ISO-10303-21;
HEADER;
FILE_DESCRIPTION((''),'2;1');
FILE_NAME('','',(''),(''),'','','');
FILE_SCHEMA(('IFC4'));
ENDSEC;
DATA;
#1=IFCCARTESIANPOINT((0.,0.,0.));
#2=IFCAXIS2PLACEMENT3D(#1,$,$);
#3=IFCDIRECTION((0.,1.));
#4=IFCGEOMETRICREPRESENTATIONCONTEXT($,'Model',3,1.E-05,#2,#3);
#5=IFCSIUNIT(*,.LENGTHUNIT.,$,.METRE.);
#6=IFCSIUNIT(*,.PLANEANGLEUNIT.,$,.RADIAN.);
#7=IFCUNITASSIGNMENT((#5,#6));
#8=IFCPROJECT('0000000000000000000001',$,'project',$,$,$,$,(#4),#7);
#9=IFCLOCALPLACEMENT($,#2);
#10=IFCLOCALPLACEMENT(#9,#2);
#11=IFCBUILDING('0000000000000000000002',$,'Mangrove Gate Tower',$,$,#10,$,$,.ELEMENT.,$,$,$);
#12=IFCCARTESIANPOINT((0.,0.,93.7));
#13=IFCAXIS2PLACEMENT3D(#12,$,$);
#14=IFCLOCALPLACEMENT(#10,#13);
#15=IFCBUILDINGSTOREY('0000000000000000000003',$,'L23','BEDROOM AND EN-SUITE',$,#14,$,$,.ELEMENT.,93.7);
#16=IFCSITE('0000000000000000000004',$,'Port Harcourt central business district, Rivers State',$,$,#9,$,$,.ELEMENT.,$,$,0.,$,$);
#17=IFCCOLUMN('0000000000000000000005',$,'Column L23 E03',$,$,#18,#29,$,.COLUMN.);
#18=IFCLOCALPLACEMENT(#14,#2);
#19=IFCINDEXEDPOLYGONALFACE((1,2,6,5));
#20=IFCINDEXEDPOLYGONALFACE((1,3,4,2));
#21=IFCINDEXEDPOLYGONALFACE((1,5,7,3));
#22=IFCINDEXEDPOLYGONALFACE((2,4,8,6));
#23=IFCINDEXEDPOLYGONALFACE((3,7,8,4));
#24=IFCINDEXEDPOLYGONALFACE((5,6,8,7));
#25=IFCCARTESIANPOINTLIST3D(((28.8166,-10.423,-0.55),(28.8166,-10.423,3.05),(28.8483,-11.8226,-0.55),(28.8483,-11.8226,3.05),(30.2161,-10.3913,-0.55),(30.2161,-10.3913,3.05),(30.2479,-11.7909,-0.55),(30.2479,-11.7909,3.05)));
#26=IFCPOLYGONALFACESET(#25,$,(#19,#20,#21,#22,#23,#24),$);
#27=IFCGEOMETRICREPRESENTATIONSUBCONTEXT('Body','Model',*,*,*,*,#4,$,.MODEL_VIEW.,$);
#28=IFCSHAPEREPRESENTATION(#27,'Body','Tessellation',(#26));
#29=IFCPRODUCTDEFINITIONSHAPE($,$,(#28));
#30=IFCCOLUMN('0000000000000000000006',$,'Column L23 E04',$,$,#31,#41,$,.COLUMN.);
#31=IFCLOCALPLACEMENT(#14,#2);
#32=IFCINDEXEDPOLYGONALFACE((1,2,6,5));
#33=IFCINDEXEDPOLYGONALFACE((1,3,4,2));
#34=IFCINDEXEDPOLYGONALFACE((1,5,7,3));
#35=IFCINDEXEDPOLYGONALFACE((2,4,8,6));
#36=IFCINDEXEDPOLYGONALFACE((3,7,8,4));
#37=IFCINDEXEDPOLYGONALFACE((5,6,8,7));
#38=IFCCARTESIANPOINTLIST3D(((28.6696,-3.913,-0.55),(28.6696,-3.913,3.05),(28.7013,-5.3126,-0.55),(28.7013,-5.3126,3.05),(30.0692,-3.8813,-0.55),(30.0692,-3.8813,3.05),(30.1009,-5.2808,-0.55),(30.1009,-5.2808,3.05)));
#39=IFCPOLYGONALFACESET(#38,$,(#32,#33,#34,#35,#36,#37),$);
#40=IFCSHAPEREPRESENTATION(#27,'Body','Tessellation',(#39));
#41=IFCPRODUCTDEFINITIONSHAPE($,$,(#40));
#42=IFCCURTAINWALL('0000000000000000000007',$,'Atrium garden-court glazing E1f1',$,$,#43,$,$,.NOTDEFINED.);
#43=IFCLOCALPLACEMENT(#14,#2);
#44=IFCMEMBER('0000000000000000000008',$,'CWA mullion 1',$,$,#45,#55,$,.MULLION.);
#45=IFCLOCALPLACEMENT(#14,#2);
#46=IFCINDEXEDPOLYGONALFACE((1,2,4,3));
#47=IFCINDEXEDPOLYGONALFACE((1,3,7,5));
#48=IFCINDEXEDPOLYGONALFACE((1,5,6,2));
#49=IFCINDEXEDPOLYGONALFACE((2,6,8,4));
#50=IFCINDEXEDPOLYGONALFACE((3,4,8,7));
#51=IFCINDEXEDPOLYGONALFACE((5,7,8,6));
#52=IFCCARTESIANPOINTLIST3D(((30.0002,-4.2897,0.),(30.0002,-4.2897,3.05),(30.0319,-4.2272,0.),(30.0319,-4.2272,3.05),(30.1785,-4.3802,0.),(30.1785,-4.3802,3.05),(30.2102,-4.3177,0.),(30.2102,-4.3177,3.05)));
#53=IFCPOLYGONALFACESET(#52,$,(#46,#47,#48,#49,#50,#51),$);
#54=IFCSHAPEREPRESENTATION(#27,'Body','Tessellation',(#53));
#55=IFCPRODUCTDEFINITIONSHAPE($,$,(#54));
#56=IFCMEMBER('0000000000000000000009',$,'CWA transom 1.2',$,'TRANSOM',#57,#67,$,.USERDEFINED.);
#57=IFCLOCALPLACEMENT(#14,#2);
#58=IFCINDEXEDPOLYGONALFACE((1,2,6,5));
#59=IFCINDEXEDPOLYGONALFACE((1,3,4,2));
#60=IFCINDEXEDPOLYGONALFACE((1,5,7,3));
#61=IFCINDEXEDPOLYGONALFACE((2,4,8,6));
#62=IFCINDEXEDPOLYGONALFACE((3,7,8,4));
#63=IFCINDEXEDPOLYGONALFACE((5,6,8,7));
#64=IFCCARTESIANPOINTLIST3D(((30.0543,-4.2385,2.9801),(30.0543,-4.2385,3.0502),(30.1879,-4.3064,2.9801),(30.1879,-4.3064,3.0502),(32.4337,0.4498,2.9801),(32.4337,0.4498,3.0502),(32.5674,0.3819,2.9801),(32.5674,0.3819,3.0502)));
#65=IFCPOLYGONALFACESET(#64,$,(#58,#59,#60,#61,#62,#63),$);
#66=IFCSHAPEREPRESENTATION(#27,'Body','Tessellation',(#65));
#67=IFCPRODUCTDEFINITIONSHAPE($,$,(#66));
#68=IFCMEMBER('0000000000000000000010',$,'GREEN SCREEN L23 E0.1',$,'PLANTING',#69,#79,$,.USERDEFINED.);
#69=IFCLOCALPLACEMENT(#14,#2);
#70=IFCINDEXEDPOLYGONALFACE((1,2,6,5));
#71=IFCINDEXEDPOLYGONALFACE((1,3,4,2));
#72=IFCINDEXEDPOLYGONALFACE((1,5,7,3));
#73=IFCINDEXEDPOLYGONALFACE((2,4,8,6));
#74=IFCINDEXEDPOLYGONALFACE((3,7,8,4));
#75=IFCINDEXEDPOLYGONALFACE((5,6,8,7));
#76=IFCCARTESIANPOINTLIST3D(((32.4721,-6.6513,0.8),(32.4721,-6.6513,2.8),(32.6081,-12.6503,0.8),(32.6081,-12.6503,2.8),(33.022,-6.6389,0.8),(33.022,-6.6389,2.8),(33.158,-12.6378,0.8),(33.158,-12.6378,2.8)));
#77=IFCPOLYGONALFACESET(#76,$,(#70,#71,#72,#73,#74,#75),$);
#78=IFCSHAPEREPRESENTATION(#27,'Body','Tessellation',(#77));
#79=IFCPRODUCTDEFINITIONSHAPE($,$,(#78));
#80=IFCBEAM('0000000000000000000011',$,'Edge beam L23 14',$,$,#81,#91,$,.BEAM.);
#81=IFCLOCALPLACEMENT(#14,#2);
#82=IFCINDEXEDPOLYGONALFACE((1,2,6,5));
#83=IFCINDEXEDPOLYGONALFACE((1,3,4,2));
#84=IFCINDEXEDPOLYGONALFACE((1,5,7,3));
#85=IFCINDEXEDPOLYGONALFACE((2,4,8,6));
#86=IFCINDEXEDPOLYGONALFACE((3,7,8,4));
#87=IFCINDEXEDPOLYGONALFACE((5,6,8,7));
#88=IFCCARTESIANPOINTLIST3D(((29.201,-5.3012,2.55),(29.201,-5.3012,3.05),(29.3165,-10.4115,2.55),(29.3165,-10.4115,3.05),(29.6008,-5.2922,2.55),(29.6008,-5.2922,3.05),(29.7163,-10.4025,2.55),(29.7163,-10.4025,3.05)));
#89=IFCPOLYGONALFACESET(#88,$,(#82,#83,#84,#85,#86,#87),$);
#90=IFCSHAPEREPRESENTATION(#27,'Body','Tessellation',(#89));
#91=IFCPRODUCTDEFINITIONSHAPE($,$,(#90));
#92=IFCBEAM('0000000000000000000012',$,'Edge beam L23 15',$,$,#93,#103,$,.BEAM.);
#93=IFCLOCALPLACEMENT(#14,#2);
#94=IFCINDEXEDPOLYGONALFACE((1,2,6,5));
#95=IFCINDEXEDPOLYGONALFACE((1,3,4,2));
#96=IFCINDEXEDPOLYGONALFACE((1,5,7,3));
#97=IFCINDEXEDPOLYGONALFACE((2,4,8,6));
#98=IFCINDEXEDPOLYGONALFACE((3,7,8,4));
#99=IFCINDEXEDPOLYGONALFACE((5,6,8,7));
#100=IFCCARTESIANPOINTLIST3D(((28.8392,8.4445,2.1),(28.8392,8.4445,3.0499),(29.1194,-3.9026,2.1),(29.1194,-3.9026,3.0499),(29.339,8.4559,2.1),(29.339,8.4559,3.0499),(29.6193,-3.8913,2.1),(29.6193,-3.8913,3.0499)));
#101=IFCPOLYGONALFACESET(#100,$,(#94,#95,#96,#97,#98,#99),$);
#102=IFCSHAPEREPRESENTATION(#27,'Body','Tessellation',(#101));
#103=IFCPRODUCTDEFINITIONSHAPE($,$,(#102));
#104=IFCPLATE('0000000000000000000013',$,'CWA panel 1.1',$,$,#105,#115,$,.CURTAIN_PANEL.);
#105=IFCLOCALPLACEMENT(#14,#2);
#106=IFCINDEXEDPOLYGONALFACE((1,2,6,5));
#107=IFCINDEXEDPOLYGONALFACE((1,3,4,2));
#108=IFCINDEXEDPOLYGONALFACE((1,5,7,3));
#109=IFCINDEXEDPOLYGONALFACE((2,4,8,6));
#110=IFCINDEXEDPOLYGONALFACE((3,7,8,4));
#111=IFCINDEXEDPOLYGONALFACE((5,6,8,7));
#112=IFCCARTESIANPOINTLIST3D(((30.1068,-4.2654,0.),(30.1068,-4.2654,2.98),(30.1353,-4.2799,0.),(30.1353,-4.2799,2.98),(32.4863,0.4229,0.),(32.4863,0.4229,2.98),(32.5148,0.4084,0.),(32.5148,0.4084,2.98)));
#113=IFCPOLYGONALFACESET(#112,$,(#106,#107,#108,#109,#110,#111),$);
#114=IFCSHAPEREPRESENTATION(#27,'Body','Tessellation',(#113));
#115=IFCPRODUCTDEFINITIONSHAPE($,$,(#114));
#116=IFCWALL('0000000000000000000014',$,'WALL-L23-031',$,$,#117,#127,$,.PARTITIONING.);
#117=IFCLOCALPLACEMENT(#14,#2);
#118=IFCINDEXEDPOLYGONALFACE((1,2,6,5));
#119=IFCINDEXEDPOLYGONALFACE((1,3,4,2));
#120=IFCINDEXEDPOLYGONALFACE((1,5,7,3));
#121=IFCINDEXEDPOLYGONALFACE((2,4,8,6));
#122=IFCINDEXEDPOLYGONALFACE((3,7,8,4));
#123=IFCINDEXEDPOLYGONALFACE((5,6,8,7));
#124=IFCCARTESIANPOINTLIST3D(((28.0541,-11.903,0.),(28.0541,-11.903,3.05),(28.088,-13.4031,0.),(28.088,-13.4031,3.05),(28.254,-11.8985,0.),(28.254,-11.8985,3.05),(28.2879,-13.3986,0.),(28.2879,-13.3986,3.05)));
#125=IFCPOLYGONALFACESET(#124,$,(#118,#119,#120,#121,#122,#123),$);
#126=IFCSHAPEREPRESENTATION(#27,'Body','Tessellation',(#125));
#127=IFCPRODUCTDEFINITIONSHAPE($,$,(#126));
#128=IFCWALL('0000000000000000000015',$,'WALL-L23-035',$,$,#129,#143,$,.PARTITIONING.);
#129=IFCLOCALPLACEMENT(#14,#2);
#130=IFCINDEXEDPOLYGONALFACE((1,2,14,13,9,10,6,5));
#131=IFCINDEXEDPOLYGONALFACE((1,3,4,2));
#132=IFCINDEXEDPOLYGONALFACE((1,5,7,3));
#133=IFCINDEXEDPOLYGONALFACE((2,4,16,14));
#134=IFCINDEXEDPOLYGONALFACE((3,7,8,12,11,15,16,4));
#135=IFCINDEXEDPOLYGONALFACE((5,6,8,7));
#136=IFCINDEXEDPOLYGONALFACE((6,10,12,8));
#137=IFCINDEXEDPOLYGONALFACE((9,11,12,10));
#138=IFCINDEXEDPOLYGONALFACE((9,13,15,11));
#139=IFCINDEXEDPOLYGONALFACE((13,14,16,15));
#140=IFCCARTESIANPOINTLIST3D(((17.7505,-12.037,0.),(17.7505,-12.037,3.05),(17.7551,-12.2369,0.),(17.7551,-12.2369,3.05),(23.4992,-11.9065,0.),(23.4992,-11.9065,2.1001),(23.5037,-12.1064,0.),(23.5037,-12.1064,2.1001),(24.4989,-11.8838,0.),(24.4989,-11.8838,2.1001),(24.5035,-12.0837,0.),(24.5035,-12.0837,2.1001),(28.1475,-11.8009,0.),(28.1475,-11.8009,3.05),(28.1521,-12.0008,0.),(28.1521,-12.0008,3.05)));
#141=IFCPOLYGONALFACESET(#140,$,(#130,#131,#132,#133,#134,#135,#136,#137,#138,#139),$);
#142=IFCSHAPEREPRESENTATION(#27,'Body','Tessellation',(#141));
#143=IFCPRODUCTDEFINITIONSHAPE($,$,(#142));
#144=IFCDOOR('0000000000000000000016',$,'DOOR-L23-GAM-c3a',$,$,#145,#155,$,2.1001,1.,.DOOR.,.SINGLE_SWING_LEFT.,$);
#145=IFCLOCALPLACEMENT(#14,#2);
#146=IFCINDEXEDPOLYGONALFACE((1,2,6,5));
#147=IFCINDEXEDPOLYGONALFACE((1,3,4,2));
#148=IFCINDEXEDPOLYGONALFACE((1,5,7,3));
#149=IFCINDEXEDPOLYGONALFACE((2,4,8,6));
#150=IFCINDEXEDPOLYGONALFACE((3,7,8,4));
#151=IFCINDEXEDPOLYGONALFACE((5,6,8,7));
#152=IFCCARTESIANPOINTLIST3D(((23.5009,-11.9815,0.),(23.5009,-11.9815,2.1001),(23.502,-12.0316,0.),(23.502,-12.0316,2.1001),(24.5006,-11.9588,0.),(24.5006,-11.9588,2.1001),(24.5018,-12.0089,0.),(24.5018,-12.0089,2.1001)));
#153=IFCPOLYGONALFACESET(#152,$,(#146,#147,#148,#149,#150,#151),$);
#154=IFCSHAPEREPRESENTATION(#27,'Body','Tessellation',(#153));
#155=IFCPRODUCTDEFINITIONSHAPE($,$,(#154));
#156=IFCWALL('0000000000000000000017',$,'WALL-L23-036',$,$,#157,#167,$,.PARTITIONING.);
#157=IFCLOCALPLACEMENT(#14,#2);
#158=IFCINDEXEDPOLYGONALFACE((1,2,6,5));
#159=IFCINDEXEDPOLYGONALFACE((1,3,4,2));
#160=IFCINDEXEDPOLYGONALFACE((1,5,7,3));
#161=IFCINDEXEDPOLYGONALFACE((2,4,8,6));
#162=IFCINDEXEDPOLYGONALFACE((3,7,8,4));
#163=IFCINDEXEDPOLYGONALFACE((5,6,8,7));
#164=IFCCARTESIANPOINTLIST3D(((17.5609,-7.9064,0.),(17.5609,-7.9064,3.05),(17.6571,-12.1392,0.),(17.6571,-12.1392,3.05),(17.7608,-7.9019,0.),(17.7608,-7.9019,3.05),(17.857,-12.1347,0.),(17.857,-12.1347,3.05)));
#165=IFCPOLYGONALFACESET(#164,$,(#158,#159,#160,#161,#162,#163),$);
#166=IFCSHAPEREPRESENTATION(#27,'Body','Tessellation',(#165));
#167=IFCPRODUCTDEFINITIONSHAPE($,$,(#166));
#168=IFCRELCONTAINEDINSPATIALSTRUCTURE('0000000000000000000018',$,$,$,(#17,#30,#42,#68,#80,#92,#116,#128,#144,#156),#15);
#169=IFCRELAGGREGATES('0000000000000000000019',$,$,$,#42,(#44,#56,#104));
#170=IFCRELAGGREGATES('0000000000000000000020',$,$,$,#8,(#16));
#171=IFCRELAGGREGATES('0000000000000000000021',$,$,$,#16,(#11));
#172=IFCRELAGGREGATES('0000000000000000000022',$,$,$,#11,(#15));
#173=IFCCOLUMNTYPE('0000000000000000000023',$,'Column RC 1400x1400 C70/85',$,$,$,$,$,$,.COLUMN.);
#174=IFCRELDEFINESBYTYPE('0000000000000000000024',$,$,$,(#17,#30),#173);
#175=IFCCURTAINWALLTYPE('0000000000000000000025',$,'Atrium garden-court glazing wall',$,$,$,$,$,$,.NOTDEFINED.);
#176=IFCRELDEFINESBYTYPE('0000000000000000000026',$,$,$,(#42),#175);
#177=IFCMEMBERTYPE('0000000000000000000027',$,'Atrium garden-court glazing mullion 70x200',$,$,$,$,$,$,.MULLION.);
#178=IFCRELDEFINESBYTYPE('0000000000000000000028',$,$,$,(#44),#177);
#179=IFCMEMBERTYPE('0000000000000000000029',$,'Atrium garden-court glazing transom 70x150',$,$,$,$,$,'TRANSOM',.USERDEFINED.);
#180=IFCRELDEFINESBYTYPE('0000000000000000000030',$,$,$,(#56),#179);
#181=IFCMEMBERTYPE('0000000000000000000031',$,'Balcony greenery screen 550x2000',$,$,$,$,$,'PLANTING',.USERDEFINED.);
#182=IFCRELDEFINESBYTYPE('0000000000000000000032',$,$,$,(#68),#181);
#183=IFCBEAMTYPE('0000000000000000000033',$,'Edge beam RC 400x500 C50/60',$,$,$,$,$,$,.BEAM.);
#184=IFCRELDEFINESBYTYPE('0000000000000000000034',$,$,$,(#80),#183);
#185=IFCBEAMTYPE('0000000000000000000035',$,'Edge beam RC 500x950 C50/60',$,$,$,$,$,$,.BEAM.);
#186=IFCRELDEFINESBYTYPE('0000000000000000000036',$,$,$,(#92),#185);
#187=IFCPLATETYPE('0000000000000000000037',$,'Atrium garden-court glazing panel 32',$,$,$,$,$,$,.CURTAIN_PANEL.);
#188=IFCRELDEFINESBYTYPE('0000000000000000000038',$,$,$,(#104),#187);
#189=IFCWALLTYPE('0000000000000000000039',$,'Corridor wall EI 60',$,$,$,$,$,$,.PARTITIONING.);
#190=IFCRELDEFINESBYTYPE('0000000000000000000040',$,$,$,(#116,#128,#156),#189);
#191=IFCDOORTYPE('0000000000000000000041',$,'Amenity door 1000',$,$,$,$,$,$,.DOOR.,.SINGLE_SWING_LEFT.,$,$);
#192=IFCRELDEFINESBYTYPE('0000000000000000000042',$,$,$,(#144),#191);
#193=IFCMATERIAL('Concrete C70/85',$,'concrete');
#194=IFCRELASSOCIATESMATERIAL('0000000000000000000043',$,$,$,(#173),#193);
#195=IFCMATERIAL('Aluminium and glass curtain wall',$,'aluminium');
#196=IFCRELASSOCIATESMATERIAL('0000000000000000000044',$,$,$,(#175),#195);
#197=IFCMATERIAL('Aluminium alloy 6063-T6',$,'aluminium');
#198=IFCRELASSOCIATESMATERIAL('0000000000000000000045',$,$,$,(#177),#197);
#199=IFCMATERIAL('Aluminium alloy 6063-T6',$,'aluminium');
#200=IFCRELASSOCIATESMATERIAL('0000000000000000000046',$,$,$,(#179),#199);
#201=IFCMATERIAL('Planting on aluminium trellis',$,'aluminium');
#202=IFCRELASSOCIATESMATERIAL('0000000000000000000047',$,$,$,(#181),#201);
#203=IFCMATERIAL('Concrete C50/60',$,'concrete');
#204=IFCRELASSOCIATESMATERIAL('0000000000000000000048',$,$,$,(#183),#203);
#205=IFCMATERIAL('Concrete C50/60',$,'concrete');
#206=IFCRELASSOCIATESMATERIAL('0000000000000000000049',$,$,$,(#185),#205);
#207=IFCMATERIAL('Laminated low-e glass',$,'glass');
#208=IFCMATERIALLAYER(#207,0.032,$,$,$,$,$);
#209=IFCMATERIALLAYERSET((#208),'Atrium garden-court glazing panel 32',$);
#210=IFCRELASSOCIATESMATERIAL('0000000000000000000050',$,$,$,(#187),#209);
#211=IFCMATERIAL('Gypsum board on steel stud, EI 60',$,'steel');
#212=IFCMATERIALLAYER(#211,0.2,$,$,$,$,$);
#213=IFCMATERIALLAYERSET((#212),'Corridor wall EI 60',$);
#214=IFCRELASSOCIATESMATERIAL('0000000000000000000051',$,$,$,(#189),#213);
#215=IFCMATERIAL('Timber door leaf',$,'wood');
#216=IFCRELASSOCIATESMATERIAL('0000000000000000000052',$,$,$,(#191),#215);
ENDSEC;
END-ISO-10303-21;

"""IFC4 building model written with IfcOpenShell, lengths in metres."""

from ifc_helpers import new_model, si_unit, direction, frame, frame_2d, origin, origin_2d, place, context, subcontext, project, spatial, rectangle, extrude, material, layer, layer_set, material_profile, profile_set, type_object, element, fill, aggregate, save


model = new_model("IFC4")

# Units and contexts
model_context = context("Model", 3, precision=1e-05, world=origin(), true_north=direction((0.0, 1.0)))
body_context = subcontext(model_context, "Body", "Model", "MODEL_VIEW")
ifc_project = project(units=[si_unit("LENGTHUNIT", "METRE"), si_unit("PLANEANGLEUNIT", "RADIAN")], contexts=[model_context])

# Site, building, storey
site_placement = place(None, origin())
site = spatial("IfcSite", under=ifc_project, at=site_placement, Name="Port Harcourt central business district, Rivers State", CompositionType="ELEMENT", RefElevation=0.0)
building_placement = place(site_placement, origin())
building = spatial("IfcBuilding", under=site, at=building_placement, Name="Mangrove Gate Tower", CompositionType="ELEMENT")
storey_placement = place(building_placement, frame((0.0, 0.0, 93.7)))
storey = spatial("IfcBuildingStorey", under=building, at=storey_placement, Name="L23", Description="BEDROOM AND EN-SUITE", CompositionType="ELEMENT", Elevation=93.7)

# Columns
ifc_material_1 = material(Name="Concrete C70/85", Category="concrete")
ifc_material_profile_1 = material_profile(ifc_material_1, rectangle(XDim=1.3999, YDim=1.3999, at=origin_2d()))
ifc_profile_set_1 = profile_set([ifc_material_profile_1], Name="Concrete C70/85")
column_type = type_object("IfcColumnType", Name="Column RC 1400x1400 C70/85", PredefinedType="COLUMN", material=ifc_profile_set_1)
for number, where, z_axis, x_axis, name in (
    (1, (29.5322, -11.1069, -0.55), (0.0, 0.0, 1.0), (-0.02265, 0.999743, 0.0), "Column L23 E03"),
    (2, (29.3853, -4.5969, -0.55), (0.0, 0.0, 1.0), (-0.022653, 0.999743, 0.0), "Column L23 E04"),
):
    element("IfcColumn", number, at=place(storey_placement, frame(where, z_axis=z_axis, x_axis=x_axis)), inside=storey, type_object=column_type, Name=name, PredefinedType="COLUMN", context=body_context, shape_type="SweptSolid", body=[
        extrude(rectangle(XDim=1.3999, YDim=1.3999, at=origin_2d()), origin(), (0.0, 0.0, 1.0), 3.6001),
    ])

# Curtain wall, members
ifc_material_2 = material(Name="Aluminium and glass curtain wall", Category="aluminium")
curtain_wall_type = type_object("IfcCurtainWallType", Name="Atrium garden-court glazing wall", PredefinedType="NOTDEFINED", material=ifc_material_2)
curtain_wall_placement = place(storey_placement, origin())
curtain_wall = element("IfcCurtainWall", 3, at=curtain_wall_placement, inside=storey, type_object=curtain_wall_type, Name="Atrium garden-court glazing E1f1", PredefinedType="NOTDEFINED")
ifc_material_3 = material(Name="Aluminium alloy 6063-T6", Category="aluminium")
ifc_material_profile_2 = material_profile(ifc_material_3, rectangle(XDim=0.0701, YDim=0.2, at=origin_2d()))
ifc_profile_set_2 = profile_set([ifc_material_profile_2], Name="Aluminium alloy 6063-T6")
member_type_1 = type_object("IfcMemberType", Name="Atrium garden-court glazing mullion 70x200", PredefinedType="MULLION", material=ifc_profile_set_2)
member_1_placement = place(storey_placement, frame((30.1052, -4.3037, 0.0), z_axis=(0.0, 0.0, 1.0), x_axis=(0.452581, 0.891723, 0.0)))
member_1 = element("IfcMember", 4, at=member_1_placement, type_object=member_type_1, Name="CWA mullion 1", PredefinedType="MULLION", context=body_context, shape_type="SweptSolid", body=[
    extrude(rectangle(XDim=0.0701, YDim=0.2, at=origin_2d()), origin(), (0.0, 0.0, 1.0), 3.05),
])
ifc_material_4 = material(Name="Aluminium alloy 6063-T6", Category="aluminium")
ifc_material_profile_3 = material_profile(ifc_material_4, rectangle(XDim=0.0701, YDim=0.1499, at=origin_2d()))
ifc_profile_set_3 = profile_set([ifc_material_profile_3], Name="Aluminium alloy 6063-T6")
member_type_2 = type_object("IfcMemberType", Name="Atrium garden-court glazing transom 70x150", ElementType="TRANSOM", PredefinedType="USERDEFINED", material=ifc_profile_set_3)
member_2_placement = place(storey_placement, frame((30.1211, -4.2725, 3.0151), z_axis=(0.452574, 0.891727, 0.0), x_axis=(0.0, 0.0, 1.0)))
member_2 = element("IfcMember", 5, at=member_2_placement, type_object=member_type_2, Name="CWA transom 1.2", ObjectType="TRANSOM", PredefinedType="USERDEFINED", context=body_context, shape_type="SweptSolid", body=[
    extrude(rectangle(XDim=0.0701, YDim=0.1499, at=origin_2d()), origin(), (0.0, 0.0, 1.0), 5.2576),
])

# Member
ifc_material_5 = material(Name="Planting on aluminium trellis", Category="aluminium")
ifc_material_profile_4 = material_profile(ifc_material_5, rectangle(XDim=0.55, YDim=2.0, at=origin_2d()))
ifc_profile_set_4 = profile_set([ifc_material_profile_4], Name="Planting on aluminium trellis")
member_type_3 = type_object("IfcMemberType", Name="Balcony greenery screen 550x2000", ElementType="PLANTING", PredefinedType="USERDEFINED", material=ifc_profile_set_4)
member_3_placement = place(storey_placement, frame((32.8831, -12.644, 1.8), z_axis=(-0.022662, 0.999743, 0.0), x_axis=(-0.999743, -0.022662, 0.0)))
element("IfcMember", 6, at=member_3_placement, inside=storey, type_object=member_type_3, Name="GREEN SCREEN L23 E0.1", ObjectType="PLANTING", PredefinedType="USERDEFINED", context=body_context, shape_type="SweptSolid", body=[
    extrude(rectangle(XDim=0.55, YDim=2.0, at=origin_2d()), origin(), (0.0, 0.0, 1.0), 6.0005),
])

# Beams
ifc_material_6 = material(Name="Concrete C50/60", Category="concrete")
ifc_material_profile_5 = material_profile(ifc_material_6, rectangle(XDim=0.3999, YDim=0.5, at=origin_2d()))
ifc_profile_set_5 = profile_set([ifc_material_profile_5], Name="Concrete C50/60")
beam_type_1 = type_object("IfcBeamType", Name="Edge beam RC 400x500 C50/60", PredefinedType="BEAM", material=ifc_profile_set_5)
beam_1_placement = place(storey_placement, frame((29.5164, -10.407, 2.8), z_axis=(-0.022591, 0.999745, 0.0), x_axis=(-0.999745, -0.022591, 0.0)))
element("IfcBeam", 7, at=beam_1_placement, inside=storey, type_object=beam_type_1, Name="Edge beam L23 14", PredefinedType="BEAM", context=body_context, shape_type="SweptSolid", body=[
    extrude(rectangle(XDim=0.3999, YDim=0.5, at=origin_2d()), origin(), (0.0, 0.0, 1.0), 5.1116),
])
ifc_material_7 = material(Name="Concrete C50/60", Category="concrete")
ifc_material_profile_6 = material_profile(ifc_material_7, rectangle(XDim=0.5, YDim=0.95, at=origin_2d()))
ifc_profile_set_6 = profile_set([ifc_material_profile_6], Name="Concrete C50/60")
beam_type_2 = type_object("IfcBeamType", Name="Edge beam RC 500x950 C50/60", PredefinedType="BEAM", material=ifc_profile_set_6)
beam_2_placement = place(storey_placement, frame((29.3694, -3.897, 2.575), z_axis=(-0.022694, 0.999742, 0.0), x_axis=(-0.999742, -0.022694, 0.0)))
element("IfcBeam", 8, at=beam_2_placement, inside=storey, type_object=beam_type_2, Name="Edge beam L23 15", PredefinedType="BEAM", context=body_context, shape_type="SweptSolid", body=[
    extrude(rectangle(XDim=0.5, YDim=0.95, at=origin_2d()), origin(), (0.0, 0.0, 1.0), 12.3503),
])

# Plate
ifc_material_8 = material(Name="Laminated low-e glass", Category="glass")
ifc_layer_1 = layer(ifc_material_8, 0.032)
ifc_layer_set_1 = layer_set([ifc_layer_1], Name="Atrium garden-court glazing panel 32")
plate_type = type_object("IfcPlateType", Name="Atrium garden-court glazing panel 32", PredefinedType="CURTAIN_PANEL", material=ifc_layer_set_1)
plate_placement = place(storey_placement, frame((31.3108, -1.9285, 0.0), z_axis=(0.0, 0.0, 1.0), x_axis=(0.452581, 0.891723, 0.0)))
plate = element("IfcPlate", 9, at=plate_placement, type_object=plate_type, Name="CWA panel 1.1", PredefinedType="CURTAIN_PANEL", context=body_context, shape_type="SweptSolid", body=[
    extrude(rectangle(XDim=5.2576, YDim=0.032, at=origin_2d()), origin(), (0.0, 0.0, 1.0), 2.98),
])
aggregate(curtain_wall, [member_1, member_2, plate])

# Wall
ifc_material_9 = material(Name="Gypsum board on steel stud, EI 60", Category="steel")
ifc_layer_2 = layer(ifc_material_9, 0.2)
ifc_layer_set_2 = layer_set([ifc_layer_2], Name="Corridor wall EI 60")
wall_type_1 = type_object("IfcWallType", Name="Corridor wall EI 60", PredefinedType="PARTITIONING", material=ifc_layer_set_2)
wall_1_placement = place(storey_placement, frame((28.188, -13.4009, 0.0), z_axis=(0.0, 0.0, 1.0), x_axis=(-0.022618, 0.999744, 0.0)))
element("IfcWall", 10, at=wall_1_placement, inside=storey, type_object=wall_type_1, Name="WALL-L23-031", PredefinedType="PARTITIONING", context=body_context, shape_type="SweptSolid", body=[
    extrude(rectangle(XDim=1.5005, YDim=0.2, at=frame_2d((0.7502, 0.0))), origin(), (0.0, 0.0, 1.0), 3.05),
])

# Wall, opening, door
wall_2_placement = place(storey_placement, frame((17.7529, -12.137, 0.0), z_axis=(0.0, 0.0, 1.0), x_axis=(0.999742, 0.022701, 0.0)))
wall_2 = element("IfcWall", 11, at=wall_2_placement, inside=storey, type_object=wall_type_1, Name="WALL-L23-035", PredefinedType="PARTITIONING", context=body_context, shape_type="SweptSolid", body=[
    extrude(rectangle(XDim=10.3997, YDim=0.2, at=frame_2d((5.1997, 0.0))), origin(), (0.0, 0.0, 1.0), 3.05),
])
opening_1_placement = place(wall_2_placement, frame((5.75, 0.0, 0.0)))
opening_1 = element("IfcOpeningElement", 12, at=opening_1_placement, cuts=wall_2, PredefinedType="OPENING", context=body_context, shape_type="SweptSolid", body=[
    extrude(rectangle(XDim=1.0, YDim=2.1001, at=frame_2d((0.5, 1.05))), frame((0.0, 0.1099, 0.0), z_axis=(0.0, -1.0, 0.0), x_axis=(1.0, 0.0, 0.0)), (0.0, 0.0, 1.0), 0.22),
])
ifc_material_10 = material(Name="Timber door leaf", Category="wood")
door_type_1 = type_object("IfcDoorType", Name="Amenity door 1000", OperationType="SINGLE_SWING_LEFT", PredefinedType="DOOR", material=ifc_material_10)
door_1_placement = place(opening_1_placement, origin())
door_1 = element("IfcDoor", 13, at=door_1_placement, inside=storey, type_object=door_type_1, Name="DOOR-L23-GAM-c3a", OperationType="SINGLE_SWING_LEFT", OverallHeight=2.1001, OverallWidth=1.0, PredefinedType="DOOR", context=body_context, shape_type="SweptSolid", body=[
    extrude(rectangle(XDim=1.0, YDim=2.1001, at=frame_2d((0.5, 1.05))), frame((0.0, 0.0249, 0.0), z_axis=(0.0, -1.0, 0.0), x_axis=(1.0, 0.0, 0.0)), (0.0, 0.0, 1.0), 0.05),
])
fill(opening_1, door_1)

# Wall
wall_3_placement = place(storey_placement, frame((17.7571, -12.137, 0.0), z_axis=(0.0, 0.0, 1.0), x_axis=(-0.022719, 0.999742, 0.0)))
element("IfcWall", 14, at=wall_3_placement, inside=storey, type_object=wall_type_1, Name="WALL-L23-036", PredefinedType="PARTITIONING", context=body_context, shape_type="SweptSolid", body=[
    extrude(rectangle(XDim=4.2339, YDim=0.2, at=frame_2d((2.1169, 0.0))), origin(), (0.0, 0.0, 1.0), 3.05),
])

save(model, "model.ifc")
